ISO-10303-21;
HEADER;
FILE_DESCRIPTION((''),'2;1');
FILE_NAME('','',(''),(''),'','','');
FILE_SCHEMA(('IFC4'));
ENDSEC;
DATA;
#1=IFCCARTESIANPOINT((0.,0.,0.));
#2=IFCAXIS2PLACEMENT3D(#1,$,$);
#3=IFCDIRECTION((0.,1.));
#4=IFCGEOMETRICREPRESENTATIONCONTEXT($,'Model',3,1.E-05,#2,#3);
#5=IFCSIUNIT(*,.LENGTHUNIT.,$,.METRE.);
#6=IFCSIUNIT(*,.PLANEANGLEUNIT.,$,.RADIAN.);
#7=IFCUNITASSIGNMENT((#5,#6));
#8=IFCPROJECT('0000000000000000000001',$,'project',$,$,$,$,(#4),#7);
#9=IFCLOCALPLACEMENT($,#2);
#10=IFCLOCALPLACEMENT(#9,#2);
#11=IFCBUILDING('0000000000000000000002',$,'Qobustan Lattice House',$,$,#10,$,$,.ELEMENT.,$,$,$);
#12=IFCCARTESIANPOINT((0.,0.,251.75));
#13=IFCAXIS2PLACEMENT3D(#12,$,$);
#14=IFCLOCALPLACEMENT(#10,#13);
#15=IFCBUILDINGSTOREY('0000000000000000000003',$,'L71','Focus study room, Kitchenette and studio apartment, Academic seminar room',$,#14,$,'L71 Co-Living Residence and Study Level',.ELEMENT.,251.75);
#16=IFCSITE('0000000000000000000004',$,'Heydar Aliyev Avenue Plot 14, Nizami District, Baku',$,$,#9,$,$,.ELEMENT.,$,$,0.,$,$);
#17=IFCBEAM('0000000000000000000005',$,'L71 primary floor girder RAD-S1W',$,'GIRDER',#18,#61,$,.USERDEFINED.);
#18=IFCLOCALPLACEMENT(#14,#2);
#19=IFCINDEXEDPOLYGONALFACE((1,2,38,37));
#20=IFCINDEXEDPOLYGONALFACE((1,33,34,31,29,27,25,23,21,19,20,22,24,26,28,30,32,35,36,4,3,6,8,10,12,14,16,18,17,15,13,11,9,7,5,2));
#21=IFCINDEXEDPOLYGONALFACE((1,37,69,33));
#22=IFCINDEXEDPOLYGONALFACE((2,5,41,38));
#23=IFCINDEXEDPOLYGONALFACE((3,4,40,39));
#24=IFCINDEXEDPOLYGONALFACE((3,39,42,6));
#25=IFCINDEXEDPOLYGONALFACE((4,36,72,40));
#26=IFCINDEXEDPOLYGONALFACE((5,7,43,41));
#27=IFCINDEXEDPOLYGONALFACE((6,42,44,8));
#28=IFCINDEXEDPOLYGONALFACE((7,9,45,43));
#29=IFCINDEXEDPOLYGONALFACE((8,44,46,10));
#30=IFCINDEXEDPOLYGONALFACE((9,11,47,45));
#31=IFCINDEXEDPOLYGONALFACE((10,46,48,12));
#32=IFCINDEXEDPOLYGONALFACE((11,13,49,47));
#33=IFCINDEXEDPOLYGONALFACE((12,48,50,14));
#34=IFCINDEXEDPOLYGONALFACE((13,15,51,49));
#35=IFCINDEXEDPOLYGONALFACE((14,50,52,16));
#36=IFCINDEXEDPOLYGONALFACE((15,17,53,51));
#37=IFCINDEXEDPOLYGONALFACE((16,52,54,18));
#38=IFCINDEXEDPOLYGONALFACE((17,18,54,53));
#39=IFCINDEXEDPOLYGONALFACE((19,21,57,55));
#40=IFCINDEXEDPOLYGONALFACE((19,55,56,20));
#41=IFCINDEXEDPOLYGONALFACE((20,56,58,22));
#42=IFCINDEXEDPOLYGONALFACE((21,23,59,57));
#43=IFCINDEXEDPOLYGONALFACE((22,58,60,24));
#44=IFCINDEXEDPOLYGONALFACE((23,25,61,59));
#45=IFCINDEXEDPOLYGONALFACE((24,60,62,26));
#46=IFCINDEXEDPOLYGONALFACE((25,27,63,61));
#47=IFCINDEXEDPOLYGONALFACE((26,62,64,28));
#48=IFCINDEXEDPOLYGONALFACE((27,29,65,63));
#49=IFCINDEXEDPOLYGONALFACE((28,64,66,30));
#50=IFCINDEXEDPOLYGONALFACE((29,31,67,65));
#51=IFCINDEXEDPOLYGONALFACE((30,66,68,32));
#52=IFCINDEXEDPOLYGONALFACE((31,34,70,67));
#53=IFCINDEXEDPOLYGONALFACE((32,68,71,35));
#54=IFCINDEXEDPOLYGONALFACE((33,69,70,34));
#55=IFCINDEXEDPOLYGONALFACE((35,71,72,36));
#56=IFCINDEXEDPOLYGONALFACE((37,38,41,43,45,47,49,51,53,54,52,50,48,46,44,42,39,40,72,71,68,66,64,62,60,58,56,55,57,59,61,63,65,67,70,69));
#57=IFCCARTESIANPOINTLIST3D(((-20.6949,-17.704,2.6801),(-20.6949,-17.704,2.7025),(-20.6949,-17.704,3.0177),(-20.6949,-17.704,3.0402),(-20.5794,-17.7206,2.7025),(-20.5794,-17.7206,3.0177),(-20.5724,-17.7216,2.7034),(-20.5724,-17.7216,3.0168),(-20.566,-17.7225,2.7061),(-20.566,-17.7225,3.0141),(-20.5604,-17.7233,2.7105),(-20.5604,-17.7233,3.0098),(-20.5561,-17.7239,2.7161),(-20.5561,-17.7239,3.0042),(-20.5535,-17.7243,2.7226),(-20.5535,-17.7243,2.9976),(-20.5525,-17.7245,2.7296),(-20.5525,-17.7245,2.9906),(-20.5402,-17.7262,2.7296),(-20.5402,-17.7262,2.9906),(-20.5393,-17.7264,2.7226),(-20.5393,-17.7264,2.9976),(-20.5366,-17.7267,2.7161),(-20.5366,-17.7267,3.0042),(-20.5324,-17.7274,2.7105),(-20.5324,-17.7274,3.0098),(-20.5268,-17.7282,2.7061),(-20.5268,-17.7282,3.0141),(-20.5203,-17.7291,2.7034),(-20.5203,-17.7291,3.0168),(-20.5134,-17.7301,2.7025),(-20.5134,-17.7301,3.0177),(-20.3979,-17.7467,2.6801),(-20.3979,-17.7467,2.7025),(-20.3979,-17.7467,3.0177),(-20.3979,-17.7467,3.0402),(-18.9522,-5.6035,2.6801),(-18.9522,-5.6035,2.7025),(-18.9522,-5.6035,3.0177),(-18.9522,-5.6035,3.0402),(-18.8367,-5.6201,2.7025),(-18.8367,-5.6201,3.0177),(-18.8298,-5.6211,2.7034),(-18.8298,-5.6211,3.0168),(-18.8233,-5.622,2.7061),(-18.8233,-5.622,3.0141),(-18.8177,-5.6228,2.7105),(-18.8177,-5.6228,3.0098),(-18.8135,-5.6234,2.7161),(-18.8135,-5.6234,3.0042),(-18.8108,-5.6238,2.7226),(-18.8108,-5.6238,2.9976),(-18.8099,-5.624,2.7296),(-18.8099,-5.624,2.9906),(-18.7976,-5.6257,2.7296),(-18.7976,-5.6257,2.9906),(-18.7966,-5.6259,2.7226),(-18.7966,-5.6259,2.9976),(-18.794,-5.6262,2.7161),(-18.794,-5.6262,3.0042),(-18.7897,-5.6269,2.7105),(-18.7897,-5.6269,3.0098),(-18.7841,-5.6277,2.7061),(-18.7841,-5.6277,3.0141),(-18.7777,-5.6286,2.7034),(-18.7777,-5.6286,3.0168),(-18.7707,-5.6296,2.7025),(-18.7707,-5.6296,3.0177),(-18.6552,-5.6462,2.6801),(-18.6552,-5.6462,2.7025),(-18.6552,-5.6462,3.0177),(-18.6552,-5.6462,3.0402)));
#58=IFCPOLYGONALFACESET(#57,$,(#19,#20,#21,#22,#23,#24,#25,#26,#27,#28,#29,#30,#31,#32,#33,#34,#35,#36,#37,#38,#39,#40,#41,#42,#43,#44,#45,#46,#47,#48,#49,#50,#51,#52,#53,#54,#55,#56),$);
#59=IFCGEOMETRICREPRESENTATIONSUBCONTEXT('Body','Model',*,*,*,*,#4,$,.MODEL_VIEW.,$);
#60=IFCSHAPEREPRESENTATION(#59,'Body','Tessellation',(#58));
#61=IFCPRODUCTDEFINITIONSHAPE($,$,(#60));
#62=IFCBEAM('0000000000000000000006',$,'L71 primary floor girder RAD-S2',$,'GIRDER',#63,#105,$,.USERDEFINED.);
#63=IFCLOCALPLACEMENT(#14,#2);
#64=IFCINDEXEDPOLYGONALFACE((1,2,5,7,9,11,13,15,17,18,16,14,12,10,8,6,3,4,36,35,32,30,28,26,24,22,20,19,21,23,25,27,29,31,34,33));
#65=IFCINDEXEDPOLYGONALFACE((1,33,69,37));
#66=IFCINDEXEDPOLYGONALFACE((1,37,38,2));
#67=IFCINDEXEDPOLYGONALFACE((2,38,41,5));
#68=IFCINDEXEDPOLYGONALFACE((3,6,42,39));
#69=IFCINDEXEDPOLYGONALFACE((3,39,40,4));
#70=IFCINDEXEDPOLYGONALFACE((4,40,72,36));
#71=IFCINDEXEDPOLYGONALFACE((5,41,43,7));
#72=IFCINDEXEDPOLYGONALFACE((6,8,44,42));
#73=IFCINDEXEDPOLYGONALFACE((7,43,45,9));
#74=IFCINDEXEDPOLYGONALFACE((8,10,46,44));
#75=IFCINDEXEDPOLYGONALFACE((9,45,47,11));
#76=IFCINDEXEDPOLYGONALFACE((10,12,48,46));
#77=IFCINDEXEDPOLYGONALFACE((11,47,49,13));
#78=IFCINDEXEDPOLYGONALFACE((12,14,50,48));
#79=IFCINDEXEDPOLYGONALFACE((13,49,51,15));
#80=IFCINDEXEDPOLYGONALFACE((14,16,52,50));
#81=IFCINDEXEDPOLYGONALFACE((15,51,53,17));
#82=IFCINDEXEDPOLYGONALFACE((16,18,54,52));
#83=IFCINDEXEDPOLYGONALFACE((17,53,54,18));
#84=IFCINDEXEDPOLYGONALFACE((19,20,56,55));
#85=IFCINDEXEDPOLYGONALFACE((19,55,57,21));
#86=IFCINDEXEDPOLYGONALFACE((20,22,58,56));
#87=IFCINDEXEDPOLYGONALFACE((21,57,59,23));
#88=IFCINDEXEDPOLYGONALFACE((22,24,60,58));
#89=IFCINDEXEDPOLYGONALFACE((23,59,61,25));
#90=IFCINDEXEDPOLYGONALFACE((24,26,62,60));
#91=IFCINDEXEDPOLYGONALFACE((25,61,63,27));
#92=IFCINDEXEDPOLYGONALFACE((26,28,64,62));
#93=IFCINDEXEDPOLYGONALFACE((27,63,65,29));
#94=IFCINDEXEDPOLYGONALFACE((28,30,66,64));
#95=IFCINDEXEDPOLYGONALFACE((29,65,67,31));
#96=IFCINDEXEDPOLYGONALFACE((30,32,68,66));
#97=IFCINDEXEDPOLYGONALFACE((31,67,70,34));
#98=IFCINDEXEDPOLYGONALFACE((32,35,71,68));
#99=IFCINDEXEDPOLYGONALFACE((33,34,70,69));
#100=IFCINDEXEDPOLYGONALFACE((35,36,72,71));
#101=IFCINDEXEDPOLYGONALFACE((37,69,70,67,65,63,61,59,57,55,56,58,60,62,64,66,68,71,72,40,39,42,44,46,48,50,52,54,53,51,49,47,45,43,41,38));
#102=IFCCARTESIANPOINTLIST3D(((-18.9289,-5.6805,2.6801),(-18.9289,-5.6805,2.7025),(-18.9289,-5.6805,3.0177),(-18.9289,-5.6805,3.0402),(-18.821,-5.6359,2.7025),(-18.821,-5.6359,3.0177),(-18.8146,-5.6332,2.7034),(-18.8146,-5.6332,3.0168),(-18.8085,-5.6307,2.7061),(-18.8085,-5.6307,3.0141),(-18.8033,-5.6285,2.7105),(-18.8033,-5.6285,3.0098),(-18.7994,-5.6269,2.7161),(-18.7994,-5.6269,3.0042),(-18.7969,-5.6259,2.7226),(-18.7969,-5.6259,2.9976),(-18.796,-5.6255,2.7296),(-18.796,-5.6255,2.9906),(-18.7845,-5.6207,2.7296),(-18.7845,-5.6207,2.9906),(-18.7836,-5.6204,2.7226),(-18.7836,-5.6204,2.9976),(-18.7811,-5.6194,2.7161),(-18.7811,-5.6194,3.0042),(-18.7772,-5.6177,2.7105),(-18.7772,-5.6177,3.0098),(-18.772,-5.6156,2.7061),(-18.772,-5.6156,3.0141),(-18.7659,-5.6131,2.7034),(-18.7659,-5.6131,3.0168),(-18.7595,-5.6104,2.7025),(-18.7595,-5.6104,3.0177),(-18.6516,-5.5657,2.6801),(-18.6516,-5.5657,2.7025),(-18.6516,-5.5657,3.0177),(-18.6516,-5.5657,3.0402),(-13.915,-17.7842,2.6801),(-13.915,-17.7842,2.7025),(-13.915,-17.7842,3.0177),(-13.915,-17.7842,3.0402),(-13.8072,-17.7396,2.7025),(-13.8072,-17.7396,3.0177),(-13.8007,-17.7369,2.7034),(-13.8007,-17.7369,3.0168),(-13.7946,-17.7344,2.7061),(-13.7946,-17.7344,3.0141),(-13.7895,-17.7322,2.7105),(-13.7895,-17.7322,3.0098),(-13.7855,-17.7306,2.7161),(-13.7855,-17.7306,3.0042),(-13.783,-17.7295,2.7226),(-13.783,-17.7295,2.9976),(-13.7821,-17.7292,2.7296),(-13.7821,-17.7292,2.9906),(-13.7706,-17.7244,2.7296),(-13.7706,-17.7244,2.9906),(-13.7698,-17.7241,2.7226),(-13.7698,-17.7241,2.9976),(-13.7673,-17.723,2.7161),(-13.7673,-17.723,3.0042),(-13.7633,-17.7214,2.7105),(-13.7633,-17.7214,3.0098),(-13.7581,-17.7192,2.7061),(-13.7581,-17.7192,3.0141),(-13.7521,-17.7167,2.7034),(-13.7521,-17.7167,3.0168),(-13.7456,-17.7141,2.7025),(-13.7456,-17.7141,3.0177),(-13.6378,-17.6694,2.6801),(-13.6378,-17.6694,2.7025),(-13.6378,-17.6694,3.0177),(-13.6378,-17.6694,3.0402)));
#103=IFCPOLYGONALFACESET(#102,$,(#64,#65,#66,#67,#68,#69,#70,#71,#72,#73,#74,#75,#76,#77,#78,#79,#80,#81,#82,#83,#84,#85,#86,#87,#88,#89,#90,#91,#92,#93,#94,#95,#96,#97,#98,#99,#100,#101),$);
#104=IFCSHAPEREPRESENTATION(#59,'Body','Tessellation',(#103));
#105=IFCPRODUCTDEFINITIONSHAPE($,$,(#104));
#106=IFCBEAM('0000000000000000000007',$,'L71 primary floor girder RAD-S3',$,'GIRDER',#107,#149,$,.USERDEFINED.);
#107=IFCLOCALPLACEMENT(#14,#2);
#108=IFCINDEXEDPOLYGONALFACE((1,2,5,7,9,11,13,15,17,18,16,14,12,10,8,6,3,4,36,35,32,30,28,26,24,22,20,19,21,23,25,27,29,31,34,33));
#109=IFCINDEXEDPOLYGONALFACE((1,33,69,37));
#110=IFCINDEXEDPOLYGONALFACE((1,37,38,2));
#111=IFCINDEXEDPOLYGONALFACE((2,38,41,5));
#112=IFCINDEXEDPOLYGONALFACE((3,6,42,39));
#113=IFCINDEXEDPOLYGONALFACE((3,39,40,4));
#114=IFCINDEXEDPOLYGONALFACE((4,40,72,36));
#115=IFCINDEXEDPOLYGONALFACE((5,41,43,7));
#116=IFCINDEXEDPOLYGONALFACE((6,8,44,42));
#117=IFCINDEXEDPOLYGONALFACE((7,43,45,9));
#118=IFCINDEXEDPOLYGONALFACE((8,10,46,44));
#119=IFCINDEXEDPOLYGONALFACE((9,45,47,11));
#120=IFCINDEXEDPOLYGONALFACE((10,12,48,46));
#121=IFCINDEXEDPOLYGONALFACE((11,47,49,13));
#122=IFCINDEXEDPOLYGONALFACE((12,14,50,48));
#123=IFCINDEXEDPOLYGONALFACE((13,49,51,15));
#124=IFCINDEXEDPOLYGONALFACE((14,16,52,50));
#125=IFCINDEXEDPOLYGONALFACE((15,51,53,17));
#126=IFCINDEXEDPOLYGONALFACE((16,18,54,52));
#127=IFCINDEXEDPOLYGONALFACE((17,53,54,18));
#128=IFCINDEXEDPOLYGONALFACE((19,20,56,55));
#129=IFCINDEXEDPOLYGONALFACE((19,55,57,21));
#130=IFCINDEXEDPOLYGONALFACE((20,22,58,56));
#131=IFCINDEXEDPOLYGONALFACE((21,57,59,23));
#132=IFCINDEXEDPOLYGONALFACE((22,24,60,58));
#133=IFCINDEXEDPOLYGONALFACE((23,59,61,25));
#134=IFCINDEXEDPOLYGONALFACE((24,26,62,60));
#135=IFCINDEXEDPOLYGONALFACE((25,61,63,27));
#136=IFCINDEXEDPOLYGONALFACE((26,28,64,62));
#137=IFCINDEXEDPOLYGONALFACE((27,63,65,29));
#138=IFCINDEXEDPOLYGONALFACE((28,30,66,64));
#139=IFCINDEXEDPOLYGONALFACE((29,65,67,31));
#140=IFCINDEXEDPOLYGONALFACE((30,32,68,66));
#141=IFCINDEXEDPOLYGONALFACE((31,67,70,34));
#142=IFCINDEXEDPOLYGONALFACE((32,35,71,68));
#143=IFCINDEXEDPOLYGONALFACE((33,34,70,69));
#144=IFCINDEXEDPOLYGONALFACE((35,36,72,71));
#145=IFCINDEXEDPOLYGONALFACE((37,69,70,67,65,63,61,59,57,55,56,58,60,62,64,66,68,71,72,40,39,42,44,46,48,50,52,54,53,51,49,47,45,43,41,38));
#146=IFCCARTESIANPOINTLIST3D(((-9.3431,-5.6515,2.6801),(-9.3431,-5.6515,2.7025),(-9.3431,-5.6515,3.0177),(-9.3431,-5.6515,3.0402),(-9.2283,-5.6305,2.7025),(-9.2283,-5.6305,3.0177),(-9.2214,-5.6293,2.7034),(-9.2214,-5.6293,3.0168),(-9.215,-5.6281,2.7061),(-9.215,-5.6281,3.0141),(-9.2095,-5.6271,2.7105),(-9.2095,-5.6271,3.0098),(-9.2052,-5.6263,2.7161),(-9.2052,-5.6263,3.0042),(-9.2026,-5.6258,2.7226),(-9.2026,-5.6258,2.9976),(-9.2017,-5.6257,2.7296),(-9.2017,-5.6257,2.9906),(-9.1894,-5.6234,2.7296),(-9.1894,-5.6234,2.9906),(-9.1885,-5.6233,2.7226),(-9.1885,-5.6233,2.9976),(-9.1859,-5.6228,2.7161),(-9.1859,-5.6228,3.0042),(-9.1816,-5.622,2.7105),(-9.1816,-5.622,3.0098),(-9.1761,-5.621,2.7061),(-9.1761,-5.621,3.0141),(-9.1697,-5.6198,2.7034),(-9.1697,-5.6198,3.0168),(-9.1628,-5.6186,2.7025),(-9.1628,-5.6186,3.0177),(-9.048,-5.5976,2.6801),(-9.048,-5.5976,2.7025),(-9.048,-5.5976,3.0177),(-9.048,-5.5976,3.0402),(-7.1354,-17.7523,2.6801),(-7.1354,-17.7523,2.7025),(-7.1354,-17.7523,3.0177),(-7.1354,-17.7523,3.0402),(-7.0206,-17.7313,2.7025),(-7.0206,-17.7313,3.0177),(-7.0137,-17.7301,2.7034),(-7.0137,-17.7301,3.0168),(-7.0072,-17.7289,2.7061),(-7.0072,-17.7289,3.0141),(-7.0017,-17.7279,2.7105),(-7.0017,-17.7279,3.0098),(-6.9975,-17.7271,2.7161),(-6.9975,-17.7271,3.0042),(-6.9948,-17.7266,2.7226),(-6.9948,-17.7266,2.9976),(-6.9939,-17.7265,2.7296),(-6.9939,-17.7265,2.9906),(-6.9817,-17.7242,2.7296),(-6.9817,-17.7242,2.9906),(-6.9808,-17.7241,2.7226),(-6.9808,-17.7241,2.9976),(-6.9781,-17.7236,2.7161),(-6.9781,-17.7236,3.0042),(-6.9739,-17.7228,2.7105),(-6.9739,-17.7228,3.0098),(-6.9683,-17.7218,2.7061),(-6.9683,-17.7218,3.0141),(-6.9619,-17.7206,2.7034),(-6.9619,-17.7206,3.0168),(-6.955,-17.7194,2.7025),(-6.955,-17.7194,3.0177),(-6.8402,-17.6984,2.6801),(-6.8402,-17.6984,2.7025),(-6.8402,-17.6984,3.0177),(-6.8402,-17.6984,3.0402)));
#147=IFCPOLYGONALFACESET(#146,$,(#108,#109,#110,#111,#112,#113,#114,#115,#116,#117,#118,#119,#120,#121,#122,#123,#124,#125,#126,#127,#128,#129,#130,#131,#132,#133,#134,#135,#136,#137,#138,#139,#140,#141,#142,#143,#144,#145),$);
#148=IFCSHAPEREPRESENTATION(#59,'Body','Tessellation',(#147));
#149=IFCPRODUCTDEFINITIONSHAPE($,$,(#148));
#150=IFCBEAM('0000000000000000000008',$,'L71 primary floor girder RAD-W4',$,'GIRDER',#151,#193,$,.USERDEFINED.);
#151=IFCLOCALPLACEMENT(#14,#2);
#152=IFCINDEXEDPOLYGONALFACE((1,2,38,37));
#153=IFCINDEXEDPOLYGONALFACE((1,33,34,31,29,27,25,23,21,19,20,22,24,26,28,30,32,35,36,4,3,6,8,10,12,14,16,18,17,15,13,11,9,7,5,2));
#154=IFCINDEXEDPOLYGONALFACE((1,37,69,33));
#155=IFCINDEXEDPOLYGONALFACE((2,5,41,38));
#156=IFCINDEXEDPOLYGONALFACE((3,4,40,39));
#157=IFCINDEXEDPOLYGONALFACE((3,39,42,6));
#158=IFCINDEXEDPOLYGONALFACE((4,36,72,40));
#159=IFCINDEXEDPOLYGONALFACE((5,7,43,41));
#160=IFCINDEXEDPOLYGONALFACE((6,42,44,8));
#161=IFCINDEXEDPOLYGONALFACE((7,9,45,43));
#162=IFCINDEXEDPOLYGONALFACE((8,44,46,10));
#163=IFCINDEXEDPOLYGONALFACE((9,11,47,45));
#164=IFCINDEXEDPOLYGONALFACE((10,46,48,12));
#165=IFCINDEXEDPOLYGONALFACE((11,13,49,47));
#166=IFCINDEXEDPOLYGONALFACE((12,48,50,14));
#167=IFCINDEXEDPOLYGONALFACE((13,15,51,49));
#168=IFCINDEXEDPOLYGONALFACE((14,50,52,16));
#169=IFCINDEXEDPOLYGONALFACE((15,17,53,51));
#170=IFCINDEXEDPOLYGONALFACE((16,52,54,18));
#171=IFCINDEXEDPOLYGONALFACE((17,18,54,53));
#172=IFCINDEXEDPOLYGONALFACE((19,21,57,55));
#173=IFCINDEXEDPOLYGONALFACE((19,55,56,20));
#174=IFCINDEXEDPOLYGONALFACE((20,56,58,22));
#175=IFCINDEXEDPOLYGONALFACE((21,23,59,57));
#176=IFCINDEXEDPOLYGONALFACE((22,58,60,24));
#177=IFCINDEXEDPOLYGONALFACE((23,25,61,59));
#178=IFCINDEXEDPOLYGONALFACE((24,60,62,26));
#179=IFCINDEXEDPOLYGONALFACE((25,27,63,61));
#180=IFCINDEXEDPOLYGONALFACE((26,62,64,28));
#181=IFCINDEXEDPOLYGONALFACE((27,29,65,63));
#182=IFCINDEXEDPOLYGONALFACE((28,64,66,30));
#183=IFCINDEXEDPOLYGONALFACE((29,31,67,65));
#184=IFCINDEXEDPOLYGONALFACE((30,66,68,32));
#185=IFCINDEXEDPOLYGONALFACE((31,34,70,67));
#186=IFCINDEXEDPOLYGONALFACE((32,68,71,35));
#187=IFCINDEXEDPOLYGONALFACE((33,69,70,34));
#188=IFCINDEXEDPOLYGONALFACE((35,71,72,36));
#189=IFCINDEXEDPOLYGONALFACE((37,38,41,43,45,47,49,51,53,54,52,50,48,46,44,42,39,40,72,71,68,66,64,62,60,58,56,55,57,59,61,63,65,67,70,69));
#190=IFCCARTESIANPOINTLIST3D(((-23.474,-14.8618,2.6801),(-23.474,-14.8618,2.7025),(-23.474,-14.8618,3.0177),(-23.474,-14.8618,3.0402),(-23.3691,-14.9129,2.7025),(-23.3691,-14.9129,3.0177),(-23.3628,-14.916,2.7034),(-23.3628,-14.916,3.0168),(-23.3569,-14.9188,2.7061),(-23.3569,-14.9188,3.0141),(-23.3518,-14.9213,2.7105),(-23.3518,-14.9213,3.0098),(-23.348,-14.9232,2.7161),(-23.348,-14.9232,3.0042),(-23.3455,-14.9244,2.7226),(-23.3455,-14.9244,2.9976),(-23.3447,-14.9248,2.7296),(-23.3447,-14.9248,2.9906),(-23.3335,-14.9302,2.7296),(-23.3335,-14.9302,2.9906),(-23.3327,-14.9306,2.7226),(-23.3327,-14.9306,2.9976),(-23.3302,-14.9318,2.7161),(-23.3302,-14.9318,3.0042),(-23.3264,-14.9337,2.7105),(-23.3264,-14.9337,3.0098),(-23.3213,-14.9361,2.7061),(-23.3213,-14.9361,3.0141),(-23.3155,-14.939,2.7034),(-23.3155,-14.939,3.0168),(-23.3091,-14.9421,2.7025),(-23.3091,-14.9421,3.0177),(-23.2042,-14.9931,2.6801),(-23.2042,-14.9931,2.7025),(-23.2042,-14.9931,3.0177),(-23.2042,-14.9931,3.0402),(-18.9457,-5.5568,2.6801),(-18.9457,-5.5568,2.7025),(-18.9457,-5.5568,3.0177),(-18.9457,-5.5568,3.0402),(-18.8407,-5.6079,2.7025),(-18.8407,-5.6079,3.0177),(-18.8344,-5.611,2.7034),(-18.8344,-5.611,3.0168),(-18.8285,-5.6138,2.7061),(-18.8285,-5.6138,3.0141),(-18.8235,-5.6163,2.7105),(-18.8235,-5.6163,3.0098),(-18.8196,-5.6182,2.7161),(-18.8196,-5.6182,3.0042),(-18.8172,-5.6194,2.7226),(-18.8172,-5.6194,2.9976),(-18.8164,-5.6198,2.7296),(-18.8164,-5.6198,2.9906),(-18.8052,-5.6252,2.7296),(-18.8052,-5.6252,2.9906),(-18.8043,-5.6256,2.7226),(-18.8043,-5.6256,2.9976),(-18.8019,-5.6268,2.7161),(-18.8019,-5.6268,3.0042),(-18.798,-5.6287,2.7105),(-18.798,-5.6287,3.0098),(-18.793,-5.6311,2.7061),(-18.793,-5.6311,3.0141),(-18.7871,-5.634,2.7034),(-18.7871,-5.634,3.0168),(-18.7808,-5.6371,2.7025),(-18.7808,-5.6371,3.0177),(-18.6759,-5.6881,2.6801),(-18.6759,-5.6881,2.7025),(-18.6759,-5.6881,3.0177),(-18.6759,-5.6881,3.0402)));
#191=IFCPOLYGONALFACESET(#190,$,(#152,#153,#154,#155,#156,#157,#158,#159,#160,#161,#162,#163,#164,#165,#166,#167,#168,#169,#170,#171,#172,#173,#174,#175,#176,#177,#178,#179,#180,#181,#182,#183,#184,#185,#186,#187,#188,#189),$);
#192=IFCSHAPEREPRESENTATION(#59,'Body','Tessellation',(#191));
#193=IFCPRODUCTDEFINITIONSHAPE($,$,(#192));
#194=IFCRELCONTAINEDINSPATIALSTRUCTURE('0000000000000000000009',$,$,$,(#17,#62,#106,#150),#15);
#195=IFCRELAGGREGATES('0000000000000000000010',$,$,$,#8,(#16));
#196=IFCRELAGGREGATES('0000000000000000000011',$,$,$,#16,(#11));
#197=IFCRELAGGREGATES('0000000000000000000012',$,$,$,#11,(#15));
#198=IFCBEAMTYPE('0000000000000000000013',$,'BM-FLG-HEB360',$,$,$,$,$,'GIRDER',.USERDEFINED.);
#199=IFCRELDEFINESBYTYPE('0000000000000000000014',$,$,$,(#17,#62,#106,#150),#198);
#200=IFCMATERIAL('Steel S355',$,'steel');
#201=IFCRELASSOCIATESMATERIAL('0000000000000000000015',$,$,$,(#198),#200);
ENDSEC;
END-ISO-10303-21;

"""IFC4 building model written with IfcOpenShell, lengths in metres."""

from ifc_helpers import new_model, si_unit, direction, frame, origin, origin_2d, place, context, subcontext, project, spatial, i_section, extrude, material, material_profile, profile_set, type_object, element, save


model = new_model("IFC4")

# Units and contexts
model_context = context("Model", 3, precision=1e-05, world=origin(), true_north=direction((0.0, 1.0)))
body_context = subcontext(model_context, "Body", "Model", "MODEL_VIEW")
ifc_project = project(units=[si_unit("LENGTHUNIT", "METRE"), si_unit("PLANEANGLEUNIT", "RADIAN")], contexts=[model_context])

# Site, building, storey
site_placement = place(None, origin())
site = spatial("IfcSite", under=ifc_project, at=site_placement, Name="Heydar Aliyev Avenue Plot 14, Nizami District, Baku", CompositionType="ELEMENT", RefElevation=0.0)
building_placement = place(site_placement, origin())
building = spatial("IfcBuilding", under=site, at=building_placement, Name="Qobustan Lattice House", CompositionType="ELEMENT")
storey_placement = place(building_placement, frame((0.0, 0.0, 251.75)))
storey = spatial("IfcBuildingStorey", under=building, at=storey_placement, Name="L71", Description="Focus study room, Kitchenette and studio apartment, Academic seminar room", LongName="L71 Co-Living Residence and Study Level", CompositionType="ELEMENT", Elevation=251.75)

# Beams
ifc_material_1 = material(Name="Steel S355", Category="steel")
ifc_material_profile_1 = material_profile(ifc_material_1, i_section(OverallWidth=0.3, OverallDepth=0.3601, WebThickness=0.0125, FlangeThickness=0.0225, FilletRadius=0.0271, at=origin_2d()), Name="HEB360")
ifc_profile_set_1 = profile_set([ifc_material_profile_1], Name="Steel S355")
beam_type_1 = type_object("IfcBeamType", Name="BM-FLG-HEB360", ElementType="GIRDER", PredefinedType="USERDEFINED", material=ifc_profile_set_1)
beam_1_placement = place(storey_placement, frame((-20.5464, -17.7253, 2.8601), z_axis=(0.142545, 0.989788, 0.0), x_axis=(-0.989788, 0.142545, 0.0)))
element("IfcBeam", 1, at=beam_1_placement, inside=storey, type_object=beam_type_1, Name="L71 primary floor girder RAD-S1W", ObjectType="GIRDER", PredefinedType="USERDEFINED", context=body_context, shape_type="SweptSolid", body=[
    extrude(i_section(OverallWidth=0.3, OverallDepth=0.3601, WebThickness=0.0125, FlangeThickness=0.0225, FilletRadius=0.0271, at=origin_2d()), origin(), (0.0, 0.0, 1.0), 12.2253),
])
beam_2_placement = place(storey_placement, frame((-13.7764, -17.7268, 2.8601), z_axis=(-0.382708, 0.923869, 0.0), x_axis=(-0.923869, -0.382708, 0.0)))
element("IfcBeam", 2, at=beam_2_placement, inside=storey, type_object=beam_type_1, Name="L71 primary floor girder RAD-S2", ObjectType="GIRDER", PredefinedType="USERDEFINED", context=body_context, shape_type="SweptSolid", body=[
    extrude(i_section(OverallWidth=0.3, OverallDepth=0.3601, WebThickness=0.0125, FlangeThickness=0.0225, FilletRadius=0.0271, at=origin_2d()), origin(), (0.0, 0.0, 1.0), 13.1011),
])
beam_3_placement = place(storey_placement, frame((-6.9878, -17.7253, 2.8601), z_axis=(-0.179484, 0.983761, 0.0), x_axis=(-0.983761, -0.179484, 0.0)))
element("IfcBeam", 3, at=beam_3_placement, inside=storey, type_object=beam_type_1, Name="L71 primary floor girder RAD-S3", ObjectType="GIRDER", PredefinedType="USERDEFINED", context=body_context, shape_type="SweptSolid", body=[
    extrude(i_section(OverallWidth=0.3, OverallDepth=0.3601, WebThickness=0.0125, FlangeThickness=0.0225, FilletRadius=0.0271, at=origin_2d()), origin(), (0.0, 0.0, 1.0), 12.3005),
])
beam_4_placement = place(storey_placement, frame((-23.3391, -14.9275, 2.8601), z_axis=(0.43759, 0.899174, 0.0), x_axis=(-0.899174, 0.43759, 0.0)))
element("IfcBeam", 4, at=beam_4_placement, inside=storey, type_object=beam_type_1, Name="L71 primary floor girder RAD-W4", ObjectType="GIRDER", PredefinedType="USERDEFINED", context=body_context, shape_type="SweptSolid", body=[
    extrude(i_section(OverallWidth=0.3, OverallDepth=0.3601, WebThickness=0.0125, FlangeThickness=0.0225, FilletRadius=0.0271, at=origin_2d()), origin(), (0.0, 0.0, 1.0), 10.3484),
])

save(model, "model.ifc")
